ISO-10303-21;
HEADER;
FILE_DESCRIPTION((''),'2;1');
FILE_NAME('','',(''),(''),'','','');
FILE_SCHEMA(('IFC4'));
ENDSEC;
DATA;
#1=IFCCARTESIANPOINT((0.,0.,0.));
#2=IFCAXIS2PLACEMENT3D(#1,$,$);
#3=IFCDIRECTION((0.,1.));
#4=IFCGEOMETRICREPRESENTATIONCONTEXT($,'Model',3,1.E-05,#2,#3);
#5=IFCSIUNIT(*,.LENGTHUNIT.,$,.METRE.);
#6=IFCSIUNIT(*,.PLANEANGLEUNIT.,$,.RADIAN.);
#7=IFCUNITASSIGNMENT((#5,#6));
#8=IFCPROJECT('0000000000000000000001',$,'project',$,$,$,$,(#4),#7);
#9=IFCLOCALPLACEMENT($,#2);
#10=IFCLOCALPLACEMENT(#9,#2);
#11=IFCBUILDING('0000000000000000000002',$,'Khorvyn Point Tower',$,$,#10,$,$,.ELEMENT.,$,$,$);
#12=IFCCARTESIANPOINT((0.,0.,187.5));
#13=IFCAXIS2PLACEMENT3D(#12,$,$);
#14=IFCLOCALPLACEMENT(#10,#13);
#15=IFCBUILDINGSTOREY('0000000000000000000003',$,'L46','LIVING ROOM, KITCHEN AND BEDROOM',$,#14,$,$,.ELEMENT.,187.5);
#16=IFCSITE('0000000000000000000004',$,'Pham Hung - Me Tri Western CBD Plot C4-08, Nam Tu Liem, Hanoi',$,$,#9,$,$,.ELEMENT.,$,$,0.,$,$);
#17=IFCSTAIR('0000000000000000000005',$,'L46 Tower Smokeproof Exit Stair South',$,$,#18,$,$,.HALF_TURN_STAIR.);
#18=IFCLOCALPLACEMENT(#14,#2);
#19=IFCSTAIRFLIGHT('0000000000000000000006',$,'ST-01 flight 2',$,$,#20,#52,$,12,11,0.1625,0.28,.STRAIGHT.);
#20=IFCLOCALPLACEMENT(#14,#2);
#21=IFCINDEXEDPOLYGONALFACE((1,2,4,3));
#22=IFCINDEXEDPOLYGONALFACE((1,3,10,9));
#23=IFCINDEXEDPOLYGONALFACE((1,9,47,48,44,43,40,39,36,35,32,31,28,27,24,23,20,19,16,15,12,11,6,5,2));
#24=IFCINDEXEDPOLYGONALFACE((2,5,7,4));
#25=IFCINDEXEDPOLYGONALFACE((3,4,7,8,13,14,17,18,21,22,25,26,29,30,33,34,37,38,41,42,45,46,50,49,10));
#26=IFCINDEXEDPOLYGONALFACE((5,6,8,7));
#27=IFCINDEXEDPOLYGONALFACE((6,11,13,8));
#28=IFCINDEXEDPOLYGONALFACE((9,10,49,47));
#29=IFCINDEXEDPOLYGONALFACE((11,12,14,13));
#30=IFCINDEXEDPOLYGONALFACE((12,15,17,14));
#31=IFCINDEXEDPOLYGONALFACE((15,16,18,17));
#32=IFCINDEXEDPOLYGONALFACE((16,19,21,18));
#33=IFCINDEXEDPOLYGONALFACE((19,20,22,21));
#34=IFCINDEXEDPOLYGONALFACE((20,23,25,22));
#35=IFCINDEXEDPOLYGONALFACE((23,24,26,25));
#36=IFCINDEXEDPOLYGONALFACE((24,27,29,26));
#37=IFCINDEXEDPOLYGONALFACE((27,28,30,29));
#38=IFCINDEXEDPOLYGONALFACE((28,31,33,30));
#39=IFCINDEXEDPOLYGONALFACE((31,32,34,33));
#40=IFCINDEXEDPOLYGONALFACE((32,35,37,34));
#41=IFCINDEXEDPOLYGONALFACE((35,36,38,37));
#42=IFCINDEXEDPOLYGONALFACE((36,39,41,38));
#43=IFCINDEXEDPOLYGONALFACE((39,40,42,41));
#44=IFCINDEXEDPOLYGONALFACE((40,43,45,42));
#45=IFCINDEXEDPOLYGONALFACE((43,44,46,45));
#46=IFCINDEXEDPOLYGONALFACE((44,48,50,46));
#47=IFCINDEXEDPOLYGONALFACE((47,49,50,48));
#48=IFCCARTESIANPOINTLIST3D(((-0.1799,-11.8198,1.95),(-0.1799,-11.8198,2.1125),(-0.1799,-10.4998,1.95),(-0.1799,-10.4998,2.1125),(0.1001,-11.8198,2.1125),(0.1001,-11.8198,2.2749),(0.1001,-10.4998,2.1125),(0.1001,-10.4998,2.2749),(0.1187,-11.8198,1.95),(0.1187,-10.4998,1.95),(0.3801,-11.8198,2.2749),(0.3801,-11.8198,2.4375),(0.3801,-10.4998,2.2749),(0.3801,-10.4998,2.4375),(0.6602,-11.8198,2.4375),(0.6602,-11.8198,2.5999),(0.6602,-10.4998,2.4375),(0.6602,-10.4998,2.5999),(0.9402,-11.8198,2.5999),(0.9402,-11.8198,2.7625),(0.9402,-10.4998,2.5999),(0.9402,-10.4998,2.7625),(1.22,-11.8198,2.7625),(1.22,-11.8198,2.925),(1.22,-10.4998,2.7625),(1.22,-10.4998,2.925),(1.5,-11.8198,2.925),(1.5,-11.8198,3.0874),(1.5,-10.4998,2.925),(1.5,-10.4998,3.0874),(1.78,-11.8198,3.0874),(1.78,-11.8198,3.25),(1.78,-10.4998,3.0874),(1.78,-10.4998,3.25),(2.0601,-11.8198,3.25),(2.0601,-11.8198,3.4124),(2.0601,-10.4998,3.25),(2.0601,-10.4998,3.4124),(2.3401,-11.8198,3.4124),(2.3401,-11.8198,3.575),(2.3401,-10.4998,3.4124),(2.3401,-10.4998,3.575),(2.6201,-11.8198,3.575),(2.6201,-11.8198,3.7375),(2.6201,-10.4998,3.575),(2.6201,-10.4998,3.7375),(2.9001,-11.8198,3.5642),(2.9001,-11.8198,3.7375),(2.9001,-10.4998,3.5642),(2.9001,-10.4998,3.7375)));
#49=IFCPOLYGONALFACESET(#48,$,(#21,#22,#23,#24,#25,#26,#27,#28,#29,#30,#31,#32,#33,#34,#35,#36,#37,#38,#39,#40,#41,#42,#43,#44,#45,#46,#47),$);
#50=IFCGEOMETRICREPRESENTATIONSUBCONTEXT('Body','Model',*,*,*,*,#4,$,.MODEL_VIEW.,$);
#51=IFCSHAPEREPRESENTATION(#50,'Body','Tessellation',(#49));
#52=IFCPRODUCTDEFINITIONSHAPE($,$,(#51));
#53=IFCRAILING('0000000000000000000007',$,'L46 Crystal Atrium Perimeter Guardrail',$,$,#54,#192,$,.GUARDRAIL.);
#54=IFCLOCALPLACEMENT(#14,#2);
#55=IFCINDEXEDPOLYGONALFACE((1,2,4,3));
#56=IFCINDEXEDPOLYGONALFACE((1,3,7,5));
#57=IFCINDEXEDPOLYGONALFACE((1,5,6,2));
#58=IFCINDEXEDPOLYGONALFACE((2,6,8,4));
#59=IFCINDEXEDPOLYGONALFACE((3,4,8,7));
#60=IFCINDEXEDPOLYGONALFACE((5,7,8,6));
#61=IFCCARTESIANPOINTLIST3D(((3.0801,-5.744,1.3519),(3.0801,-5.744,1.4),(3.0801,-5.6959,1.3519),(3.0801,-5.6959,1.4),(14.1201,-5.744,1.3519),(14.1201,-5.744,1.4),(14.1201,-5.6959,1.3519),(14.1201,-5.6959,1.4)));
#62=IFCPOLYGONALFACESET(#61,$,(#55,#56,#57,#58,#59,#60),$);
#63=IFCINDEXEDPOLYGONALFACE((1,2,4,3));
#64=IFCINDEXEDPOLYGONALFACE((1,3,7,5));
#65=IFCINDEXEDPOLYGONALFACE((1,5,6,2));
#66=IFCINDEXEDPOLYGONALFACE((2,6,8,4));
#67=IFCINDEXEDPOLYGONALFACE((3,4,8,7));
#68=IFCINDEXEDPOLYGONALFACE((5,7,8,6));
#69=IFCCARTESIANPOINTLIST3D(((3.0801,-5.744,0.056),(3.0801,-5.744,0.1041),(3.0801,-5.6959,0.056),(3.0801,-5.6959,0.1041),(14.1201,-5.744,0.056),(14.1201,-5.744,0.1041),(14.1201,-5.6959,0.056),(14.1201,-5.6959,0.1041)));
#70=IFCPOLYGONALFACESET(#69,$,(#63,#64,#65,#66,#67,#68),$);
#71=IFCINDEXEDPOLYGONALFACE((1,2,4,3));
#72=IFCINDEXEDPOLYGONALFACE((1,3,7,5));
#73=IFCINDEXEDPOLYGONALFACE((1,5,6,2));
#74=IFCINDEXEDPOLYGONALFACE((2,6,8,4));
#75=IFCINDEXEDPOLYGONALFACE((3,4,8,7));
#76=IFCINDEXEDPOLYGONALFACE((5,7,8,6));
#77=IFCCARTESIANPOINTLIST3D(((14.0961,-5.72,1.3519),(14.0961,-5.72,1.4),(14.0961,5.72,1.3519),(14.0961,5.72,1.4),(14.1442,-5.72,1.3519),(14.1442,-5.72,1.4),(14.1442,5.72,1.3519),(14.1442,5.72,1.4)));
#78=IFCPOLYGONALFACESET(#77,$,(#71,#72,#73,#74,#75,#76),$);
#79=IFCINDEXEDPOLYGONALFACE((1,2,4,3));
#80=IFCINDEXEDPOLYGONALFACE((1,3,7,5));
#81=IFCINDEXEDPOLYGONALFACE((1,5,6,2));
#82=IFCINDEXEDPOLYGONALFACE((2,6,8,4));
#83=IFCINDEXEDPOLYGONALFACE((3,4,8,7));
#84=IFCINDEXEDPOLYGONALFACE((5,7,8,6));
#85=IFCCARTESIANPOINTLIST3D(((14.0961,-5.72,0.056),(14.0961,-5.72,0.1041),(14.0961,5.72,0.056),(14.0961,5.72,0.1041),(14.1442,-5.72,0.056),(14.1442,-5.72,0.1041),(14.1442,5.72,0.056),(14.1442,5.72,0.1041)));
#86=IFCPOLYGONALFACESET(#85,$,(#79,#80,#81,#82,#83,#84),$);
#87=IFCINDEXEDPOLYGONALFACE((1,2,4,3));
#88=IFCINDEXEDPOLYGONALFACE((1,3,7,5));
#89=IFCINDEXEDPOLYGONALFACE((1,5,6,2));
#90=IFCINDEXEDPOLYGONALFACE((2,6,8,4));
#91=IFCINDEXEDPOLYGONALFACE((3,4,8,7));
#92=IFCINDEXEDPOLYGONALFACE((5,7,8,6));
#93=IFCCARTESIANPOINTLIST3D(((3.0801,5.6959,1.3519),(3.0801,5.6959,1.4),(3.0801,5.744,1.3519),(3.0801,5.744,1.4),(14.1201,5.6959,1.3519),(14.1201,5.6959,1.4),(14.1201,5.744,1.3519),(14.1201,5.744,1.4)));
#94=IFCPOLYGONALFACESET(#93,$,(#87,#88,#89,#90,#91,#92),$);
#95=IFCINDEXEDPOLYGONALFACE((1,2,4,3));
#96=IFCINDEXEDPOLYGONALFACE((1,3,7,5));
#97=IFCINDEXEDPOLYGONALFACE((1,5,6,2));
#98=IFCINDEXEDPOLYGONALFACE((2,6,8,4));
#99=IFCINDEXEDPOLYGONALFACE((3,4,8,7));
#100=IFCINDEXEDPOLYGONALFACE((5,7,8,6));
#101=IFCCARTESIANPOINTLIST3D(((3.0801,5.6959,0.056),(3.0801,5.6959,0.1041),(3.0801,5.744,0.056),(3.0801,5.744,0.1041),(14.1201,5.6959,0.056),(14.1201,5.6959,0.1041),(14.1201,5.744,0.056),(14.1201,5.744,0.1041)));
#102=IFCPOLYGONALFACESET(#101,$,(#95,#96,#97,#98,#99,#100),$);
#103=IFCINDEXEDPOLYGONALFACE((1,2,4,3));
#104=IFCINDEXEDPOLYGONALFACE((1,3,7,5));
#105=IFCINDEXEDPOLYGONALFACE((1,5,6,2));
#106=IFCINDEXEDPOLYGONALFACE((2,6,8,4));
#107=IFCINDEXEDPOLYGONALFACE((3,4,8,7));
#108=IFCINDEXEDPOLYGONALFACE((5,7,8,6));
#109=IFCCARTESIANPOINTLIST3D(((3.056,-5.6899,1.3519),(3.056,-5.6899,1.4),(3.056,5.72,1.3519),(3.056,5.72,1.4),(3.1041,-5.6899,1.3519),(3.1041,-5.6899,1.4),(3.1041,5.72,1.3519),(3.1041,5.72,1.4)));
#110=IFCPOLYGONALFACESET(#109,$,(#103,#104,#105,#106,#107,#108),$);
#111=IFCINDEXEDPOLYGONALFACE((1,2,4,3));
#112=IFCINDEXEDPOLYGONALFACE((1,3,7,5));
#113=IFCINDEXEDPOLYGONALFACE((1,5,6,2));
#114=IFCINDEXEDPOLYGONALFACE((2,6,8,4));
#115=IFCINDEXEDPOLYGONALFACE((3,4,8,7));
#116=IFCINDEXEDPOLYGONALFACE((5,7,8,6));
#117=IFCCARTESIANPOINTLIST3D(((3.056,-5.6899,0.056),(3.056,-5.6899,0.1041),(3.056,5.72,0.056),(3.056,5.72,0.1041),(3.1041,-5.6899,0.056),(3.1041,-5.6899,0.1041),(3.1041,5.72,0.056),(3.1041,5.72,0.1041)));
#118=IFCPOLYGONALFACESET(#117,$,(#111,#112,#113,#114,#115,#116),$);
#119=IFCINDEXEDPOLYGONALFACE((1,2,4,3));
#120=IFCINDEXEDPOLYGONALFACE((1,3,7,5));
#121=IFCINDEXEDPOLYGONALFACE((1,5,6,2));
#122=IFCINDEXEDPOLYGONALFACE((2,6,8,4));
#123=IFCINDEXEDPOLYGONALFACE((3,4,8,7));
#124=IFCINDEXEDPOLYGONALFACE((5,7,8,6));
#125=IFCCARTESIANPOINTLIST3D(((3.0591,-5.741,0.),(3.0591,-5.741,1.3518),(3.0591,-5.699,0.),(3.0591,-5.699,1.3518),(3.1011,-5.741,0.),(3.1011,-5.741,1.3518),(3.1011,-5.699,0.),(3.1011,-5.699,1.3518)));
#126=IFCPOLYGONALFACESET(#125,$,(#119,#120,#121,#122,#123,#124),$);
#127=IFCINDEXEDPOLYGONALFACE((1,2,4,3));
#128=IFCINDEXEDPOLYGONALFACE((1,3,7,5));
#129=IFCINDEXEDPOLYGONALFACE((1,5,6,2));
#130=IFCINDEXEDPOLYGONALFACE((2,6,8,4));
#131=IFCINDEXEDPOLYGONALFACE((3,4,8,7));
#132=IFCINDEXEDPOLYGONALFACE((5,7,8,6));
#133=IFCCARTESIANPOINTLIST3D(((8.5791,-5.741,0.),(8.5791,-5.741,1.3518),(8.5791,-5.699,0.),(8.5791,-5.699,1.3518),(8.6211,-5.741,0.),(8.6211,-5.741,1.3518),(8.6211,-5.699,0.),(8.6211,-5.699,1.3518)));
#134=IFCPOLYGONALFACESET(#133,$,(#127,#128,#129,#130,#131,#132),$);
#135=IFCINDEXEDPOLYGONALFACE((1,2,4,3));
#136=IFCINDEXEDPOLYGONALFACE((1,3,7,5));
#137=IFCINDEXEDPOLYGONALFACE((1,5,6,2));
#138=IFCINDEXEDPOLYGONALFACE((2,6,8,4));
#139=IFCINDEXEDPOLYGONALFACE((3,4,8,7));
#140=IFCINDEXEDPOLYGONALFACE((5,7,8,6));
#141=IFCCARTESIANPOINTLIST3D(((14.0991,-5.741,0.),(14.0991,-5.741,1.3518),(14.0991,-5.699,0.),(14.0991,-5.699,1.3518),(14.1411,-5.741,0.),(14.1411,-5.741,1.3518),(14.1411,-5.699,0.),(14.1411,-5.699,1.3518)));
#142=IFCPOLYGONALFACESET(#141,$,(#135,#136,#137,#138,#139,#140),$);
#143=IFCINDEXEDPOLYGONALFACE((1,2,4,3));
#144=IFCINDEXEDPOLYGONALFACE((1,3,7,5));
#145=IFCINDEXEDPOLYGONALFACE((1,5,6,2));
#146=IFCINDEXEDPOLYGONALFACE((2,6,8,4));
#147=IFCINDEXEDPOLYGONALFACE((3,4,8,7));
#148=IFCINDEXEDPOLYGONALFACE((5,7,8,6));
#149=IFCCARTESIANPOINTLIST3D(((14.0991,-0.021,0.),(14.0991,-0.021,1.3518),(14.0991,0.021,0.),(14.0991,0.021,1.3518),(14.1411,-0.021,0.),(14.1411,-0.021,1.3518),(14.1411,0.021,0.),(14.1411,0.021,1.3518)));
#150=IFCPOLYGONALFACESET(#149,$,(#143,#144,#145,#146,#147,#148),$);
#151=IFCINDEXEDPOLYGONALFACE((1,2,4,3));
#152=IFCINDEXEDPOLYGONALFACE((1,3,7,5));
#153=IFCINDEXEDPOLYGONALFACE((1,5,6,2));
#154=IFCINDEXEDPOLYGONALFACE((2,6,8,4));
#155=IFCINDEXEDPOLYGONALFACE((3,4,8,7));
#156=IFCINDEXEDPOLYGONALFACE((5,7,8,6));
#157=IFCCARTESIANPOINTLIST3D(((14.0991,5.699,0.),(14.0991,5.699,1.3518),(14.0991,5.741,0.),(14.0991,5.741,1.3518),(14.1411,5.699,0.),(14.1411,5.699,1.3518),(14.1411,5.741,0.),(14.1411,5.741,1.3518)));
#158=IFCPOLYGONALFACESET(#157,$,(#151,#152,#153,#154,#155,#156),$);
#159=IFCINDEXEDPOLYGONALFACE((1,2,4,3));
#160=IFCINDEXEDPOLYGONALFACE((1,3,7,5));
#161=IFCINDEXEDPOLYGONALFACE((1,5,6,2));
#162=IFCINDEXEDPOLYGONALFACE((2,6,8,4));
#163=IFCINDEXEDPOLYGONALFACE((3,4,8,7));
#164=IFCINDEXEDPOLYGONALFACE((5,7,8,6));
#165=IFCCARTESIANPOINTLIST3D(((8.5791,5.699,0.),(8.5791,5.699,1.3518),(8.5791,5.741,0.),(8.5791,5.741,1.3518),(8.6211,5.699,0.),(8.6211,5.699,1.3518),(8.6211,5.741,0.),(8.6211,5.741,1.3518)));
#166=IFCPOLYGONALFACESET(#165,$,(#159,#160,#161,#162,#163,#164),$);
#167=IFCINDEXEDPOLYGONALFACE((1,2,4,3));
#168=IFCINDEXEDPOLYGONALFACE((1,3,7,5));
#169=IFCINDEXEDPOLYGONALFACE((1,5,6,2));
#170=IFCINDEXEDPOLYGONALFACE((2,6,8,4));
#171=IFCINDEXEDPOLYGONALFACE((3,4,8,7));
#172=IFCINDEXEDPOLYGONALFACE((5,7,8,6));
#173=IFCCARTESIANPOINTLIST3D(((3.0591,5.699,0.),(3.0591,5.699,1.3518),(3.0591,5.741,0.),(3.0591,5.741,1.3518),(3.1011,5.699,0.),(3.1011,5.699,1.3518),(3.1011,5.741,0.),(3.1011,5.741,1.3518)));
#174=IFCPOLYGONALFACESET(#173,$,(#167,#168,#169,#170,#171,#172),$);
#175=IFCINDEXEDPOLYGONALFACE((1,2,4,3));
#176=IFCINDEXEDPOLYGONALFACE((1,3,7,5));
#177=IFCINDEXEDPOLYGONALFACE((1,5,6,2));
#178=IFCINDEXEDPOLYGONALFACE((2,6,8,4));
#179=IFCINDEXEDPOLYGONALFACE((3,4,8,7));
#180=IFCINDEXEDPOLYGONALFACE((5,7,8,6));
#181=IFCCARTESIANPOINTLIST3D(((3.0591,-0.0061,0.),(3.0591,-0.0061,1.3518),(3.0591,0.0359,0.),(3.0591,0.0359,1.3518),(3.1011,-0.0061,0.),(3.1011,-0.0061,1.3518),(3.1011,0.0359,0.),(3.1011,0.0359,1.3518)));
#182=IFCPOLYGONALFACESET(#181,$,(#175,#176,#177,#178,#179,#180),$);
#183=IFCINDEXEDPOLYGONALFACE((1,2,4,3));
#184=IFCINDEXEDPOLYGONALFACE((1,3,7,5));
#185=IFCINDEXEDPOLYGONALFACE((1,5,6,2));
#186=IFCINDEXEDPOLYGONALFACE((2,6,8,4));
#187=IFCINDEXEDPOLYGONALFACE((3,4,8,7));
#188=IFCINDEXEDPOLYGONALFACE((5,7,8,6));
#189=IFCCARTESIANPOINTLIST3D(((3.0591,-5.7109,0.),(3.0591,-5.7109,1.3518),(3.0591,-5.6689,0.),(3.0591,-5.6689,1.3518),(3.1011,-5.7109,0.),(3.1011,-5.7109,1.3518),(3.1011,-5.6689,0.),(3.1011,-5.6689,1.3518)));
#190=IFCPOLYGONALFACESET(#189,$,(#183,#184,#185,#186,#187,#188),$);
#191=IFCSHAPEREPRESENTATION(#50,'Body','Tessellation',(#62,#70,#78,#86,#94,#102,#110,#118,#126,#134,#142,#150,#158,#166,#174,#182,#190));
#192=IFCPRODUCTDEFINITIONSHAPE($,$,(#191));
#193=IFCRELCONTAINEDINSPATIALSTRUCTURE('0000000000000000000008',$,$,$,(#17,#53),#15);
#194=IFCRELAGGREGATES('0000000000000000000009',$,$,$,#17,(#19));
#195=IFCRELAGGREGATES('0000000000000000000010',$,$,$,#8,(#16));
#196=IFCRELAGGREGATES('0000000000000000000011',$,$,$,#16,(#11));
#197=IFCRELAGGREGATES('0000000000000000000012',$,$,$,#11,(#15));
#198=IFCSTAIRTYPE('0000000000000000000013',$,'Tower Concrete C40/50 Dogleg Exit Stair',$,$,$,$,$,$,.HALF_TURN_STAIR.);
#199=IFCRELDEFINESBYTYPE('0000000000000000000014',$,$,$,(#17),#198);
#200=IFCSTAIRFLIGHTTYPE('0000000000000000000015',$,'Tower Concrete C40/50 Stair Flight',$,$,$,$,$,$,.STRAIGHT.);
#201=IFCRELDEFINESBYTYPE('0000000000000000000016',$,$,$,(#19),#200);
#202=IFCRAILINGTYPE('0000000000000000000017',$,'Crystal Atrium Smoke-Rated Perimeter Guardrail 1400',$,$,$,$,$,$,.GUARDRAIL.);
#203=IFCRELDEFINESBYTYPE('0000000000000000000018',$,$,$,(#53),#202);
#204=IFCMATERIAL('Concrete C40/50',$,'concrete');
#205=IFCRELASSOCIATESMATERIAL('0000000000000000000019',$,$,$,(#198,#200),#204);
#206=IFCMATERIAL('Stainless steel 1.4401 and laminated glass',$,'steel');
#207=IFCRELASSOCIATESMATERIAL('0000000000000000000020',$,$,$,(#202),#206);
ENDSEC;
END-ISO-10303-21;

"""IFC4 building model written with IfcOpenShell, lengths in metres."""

from ifc_helpers import new_model, si_unit, direction, frame, origin, origin_2d, place, context, subcontext, project, spatial, polyline, rectangle, outline, extrude, material, type_object, element, aggregate, save


model = new_model("IFC4")

# Units and contexts
model_context = context("Model", 3, precision=1e-05, world=origin(), true_north=direction((0.0, 1.0)))
body_context = subcontext(model_context, "Body", "Model", "MODEL_VIEW")
ifc_project = project(units=[si_unit("LENGTHUNIT", "METRE"), si_unit("PLANEANGLEUNIT", "RADIAN")], contexts=[model_context])

# Site, building, storey
site_placement = place(None, origin())
site = spatial("IfcSite", under=ifc_project, at=site_placement, Name="Pham Hung - Me Tri Western CBD Plot C4-08, Nam Tu Liem, Hanoi", CompositionType="ELEMENT", RefElevation=0.0)
building_placement = place(site_placement, origin())
building = spatial("IfcBuilding", under=site, at=building_placement, Name="Khorvyn Point Tower", CompositionType="ELEMENT")
storey_placement = place(building_placement, frame((0.0, 0.0, 187.5)))
storey = spatial("IfcBuildingStorey", under=building, at=storey_placement, Name="L46", Description="LIVING ROOM, KITCHEN AND BEDROOM", CompositionType="ELEMENT", Elevation=187.5)

# Shared definitions
ifc_material_1 = material(Name="Concrete C40/50", Category="concrete")

# Stair, stair flight
stair_type = type_object("IfcStairType", Name="Tower Concrete C40/50 Dogleg Exit Stair", PredefinedType="HALF_TURN_STAIR", material=ifc_material_1)
stair_placement = place(storey_placement, origin())
stair = element("IfcStair", 1, at=stair_placement, inside=storey, type_object=stair_type, Name="L46 Tower Smokeproof Exit Stair South", PredefinedType="HALF_TURN_STAIR")
stair_flight_type = type_object("IfcStairFlightType", Name="Tower Concrete C40/50 Stair Flight", PredefinedType="STRAIGHT", material=ifc_material_1)
stair_flight_1_placement = place(storey_placement, frame((-0.1799, -11.1599, 1.95), z_axis=(0.0, 0.0, 1.0), x_axis=(1.0, 0.0, 0.0)))
stair_flight_1 = element("IfcStairFlight", 2, at=stair_flight_1_placement, type_object=stair_flight_type, Name="ST-01 flight 2", NumberOfRisers=12, NumberOfTreads=11, PredefinedType="STRAIGHT", RiserHeight=0.1625, TreadLength=0.28, context=body_context, shape_type="SweptSolid", body=[
    extrude(outline(polyline([(0.0, 0.0), (0.0, 0.1626), (0.28, 0.1626), (0.28, 0.325), (0.5601, 0.325), (0.5601, 0.4875), (0.8401, 0.4875), (0.8401, 0.6499), (1.1201, 0.6499), (1.1201, 0.8125), (1.3999, 0.8125), (1.3999, 0.9751), (1.6799, 0.9751), (1.6799, 1.1375), (1.96, 1.1375), (1.96, 1.3), (2.24, 1.3), (2.24, 1.4624), (2.52, 1.4624), (2.52, 1.625), (2.8, 1.625), (2.8, 1.7876), (3.0801, 1.7876), (3.0801, 1.95), (3.0801, 1.6143), (0.2986, 0.0), (0.0, 0.0)])), frame((0.0, 0.6602, 0.0), z_axis=(0.0, -1.0, 0.0), x_axis=(1.0, 0.0, 0.0)), (0.0, 0.0, 1.0), 1.3201),
])
aggregate(stair, [stair_flight_1])

# Railing
ifc_material_2 = material(Name="Stainless steel 1.4401 and laminated glass", Category="steel")
railing_type_1 = type_object("IfcRailingType", Name="Crystal Atrium Smoke-Rated Perimeter Guardrail 1400", PredefinedType="GUARDRAIL", material=ifc_material_2)
railing_1_placement = place(storey_placement, frame((3.0801, -5.72, 0.0)))
element("IfcRailing", 3, at=railing_1_placement, inside=storey, type_object=railing_type_1, Name="L46 Crystal Atrium Perimeter Guardrail", PredefinedType="GUARDRAIL", context=body_context, shape_type="SweptSolid", body=[
    extrude(rectangle(XDim=0.0481, YDim=0.0481, at=origin_2d()), frame((0.0, 0.0, 1.376), z_axis=(1.0, 0.0, 0.0), x_axis=(0.0, 1.0, 0.0)), (0.0, 0.0, 1.0), 11.04),
    extrude(rectangle(XDim=0.0481, YDim=0.0481, at=origin_2d()), frame((0.0, 0.0, 0.0801), z_axis=(1.0, 0.0, 0.0), x_axis=(0.0, 1.0, 0.0)), (0.0, 0.0, 1.0), 11.04),
    extrude(rectangle(XDim=0.0481, YDim=0.0481, at=origin_2d()), frame((11.04, 0.0, 1.376), z_axis=(0.0, 1.0, 0.0), x_axis=(-1.0, 0.0, 0.0)), (0.0, 0.0, 1.0), 11.4399),
    extrude(rectangle(XDim=0.0481, YDim=0.0481, at=origin_2d()), frame((11.04, 0.0, 0.0801), z_axis=(0.0, 1.0, 0.0), x_axis=(-1.0, 0.0, 0.0)), (0.0, 0.0, 1.0), 11.4399),
    extrude(rectangle(XDim=0.0481, YDim=0.0481, at=origin_2d()), frame((11.04, 11.4399, 1.376), z_axis=(-1.0, 0.0, 0.0), x_axis=(0.0, -1.0, 0.0)), (0.0, 0.0, 1.0), 11.04),
    extrude(rectangle(XDim=0.0481, YDim=0.0481, at=origin_2d()), frame((11.04, 11.4399, 0.0801), z_axis=(-1.0, 0.0, 0.0), x_axis=(0.0, -1.0, 0.0)), (0.0, 0.0, 1.0), 11.04),
    extrude(rectangle(XDim=0.0481, YDim=0.0481, at=origin_2d()), frame((0.0, 11.4399, 1.376), z_axis=(0.0, -1.0, 0.0), x_axis=(1.0, 0.0, 0.0)), (0.0, 0.0, 1.0), 11.4099),
    extrude(rectangle(XDim=0.0481, YDim=0.0481, at=origin_2d()), frame((0.0, 11.4399, 0.0801), z_axis=(0.0, -1.0, 0.0), x_axis=(1.0, 0.0, 0.0)), (0.0, 0.0, 1.0), 11.4099),
    extrude(rectangle(XDim=0.042, YDim=0.042, at=origin_2d()), origin(), (0.0, 0.0, 1.0), 1.3518),
    extrude(rectangle(XDim=0.042, YDim=0.042, at=origin_2d()), frame((5.52, 0.0, 0.0)), (0.0, 0.0, 1.0), 1.3518),
    extrude(rectangle(XDim=0.042, YDim=0.042, at=origin_2d()), frame((11.04, 0.0, 0.0)), (0.0, 0.0, 1.0), 1.3518),
    extrude(rectangle(XDim=0.042, YDim=0.042, at=origin_2d()), frame((11.04, 5.72, 0.0)), (0.0, 0.0, 1.0), 1.3518),
    extrude(rectangle(XDim=0.042, YDim=0.042, at=origin_2d()), frame((11.04, 11.4399, 0.0)), (0.0, 0.0, 1.0), 1.3518),
    extrude(rectangle(XDim=0.042, YDim=0.042, at=origin_2d()), frame((5.52, 11.4399, 0.0)), (0.0, 0.0, 1.0), 1.3518),
    extrude(rectangle(XDim=0.042, YDim=0.042, at=origin_2d()), frame((0.0, 11.4399, 0.0)), (0.0, 0.0, 1.0), 1.3518),
    extrude(rectangle(XDim=0.042, YDim=0.042, at=origin_2d()), frame((0.0, 5.7349, 0.0)), (0.0, 0.0, 1.0), 1.3518),
    extrude(rectangle(XDim=0.042, YDim=0.042, at=origin_2d()), frame((0.0, 0.03, 0.0)), (0.0, 0.0, 1.0), 1.3518),
])

save(model, "model.ifc")
